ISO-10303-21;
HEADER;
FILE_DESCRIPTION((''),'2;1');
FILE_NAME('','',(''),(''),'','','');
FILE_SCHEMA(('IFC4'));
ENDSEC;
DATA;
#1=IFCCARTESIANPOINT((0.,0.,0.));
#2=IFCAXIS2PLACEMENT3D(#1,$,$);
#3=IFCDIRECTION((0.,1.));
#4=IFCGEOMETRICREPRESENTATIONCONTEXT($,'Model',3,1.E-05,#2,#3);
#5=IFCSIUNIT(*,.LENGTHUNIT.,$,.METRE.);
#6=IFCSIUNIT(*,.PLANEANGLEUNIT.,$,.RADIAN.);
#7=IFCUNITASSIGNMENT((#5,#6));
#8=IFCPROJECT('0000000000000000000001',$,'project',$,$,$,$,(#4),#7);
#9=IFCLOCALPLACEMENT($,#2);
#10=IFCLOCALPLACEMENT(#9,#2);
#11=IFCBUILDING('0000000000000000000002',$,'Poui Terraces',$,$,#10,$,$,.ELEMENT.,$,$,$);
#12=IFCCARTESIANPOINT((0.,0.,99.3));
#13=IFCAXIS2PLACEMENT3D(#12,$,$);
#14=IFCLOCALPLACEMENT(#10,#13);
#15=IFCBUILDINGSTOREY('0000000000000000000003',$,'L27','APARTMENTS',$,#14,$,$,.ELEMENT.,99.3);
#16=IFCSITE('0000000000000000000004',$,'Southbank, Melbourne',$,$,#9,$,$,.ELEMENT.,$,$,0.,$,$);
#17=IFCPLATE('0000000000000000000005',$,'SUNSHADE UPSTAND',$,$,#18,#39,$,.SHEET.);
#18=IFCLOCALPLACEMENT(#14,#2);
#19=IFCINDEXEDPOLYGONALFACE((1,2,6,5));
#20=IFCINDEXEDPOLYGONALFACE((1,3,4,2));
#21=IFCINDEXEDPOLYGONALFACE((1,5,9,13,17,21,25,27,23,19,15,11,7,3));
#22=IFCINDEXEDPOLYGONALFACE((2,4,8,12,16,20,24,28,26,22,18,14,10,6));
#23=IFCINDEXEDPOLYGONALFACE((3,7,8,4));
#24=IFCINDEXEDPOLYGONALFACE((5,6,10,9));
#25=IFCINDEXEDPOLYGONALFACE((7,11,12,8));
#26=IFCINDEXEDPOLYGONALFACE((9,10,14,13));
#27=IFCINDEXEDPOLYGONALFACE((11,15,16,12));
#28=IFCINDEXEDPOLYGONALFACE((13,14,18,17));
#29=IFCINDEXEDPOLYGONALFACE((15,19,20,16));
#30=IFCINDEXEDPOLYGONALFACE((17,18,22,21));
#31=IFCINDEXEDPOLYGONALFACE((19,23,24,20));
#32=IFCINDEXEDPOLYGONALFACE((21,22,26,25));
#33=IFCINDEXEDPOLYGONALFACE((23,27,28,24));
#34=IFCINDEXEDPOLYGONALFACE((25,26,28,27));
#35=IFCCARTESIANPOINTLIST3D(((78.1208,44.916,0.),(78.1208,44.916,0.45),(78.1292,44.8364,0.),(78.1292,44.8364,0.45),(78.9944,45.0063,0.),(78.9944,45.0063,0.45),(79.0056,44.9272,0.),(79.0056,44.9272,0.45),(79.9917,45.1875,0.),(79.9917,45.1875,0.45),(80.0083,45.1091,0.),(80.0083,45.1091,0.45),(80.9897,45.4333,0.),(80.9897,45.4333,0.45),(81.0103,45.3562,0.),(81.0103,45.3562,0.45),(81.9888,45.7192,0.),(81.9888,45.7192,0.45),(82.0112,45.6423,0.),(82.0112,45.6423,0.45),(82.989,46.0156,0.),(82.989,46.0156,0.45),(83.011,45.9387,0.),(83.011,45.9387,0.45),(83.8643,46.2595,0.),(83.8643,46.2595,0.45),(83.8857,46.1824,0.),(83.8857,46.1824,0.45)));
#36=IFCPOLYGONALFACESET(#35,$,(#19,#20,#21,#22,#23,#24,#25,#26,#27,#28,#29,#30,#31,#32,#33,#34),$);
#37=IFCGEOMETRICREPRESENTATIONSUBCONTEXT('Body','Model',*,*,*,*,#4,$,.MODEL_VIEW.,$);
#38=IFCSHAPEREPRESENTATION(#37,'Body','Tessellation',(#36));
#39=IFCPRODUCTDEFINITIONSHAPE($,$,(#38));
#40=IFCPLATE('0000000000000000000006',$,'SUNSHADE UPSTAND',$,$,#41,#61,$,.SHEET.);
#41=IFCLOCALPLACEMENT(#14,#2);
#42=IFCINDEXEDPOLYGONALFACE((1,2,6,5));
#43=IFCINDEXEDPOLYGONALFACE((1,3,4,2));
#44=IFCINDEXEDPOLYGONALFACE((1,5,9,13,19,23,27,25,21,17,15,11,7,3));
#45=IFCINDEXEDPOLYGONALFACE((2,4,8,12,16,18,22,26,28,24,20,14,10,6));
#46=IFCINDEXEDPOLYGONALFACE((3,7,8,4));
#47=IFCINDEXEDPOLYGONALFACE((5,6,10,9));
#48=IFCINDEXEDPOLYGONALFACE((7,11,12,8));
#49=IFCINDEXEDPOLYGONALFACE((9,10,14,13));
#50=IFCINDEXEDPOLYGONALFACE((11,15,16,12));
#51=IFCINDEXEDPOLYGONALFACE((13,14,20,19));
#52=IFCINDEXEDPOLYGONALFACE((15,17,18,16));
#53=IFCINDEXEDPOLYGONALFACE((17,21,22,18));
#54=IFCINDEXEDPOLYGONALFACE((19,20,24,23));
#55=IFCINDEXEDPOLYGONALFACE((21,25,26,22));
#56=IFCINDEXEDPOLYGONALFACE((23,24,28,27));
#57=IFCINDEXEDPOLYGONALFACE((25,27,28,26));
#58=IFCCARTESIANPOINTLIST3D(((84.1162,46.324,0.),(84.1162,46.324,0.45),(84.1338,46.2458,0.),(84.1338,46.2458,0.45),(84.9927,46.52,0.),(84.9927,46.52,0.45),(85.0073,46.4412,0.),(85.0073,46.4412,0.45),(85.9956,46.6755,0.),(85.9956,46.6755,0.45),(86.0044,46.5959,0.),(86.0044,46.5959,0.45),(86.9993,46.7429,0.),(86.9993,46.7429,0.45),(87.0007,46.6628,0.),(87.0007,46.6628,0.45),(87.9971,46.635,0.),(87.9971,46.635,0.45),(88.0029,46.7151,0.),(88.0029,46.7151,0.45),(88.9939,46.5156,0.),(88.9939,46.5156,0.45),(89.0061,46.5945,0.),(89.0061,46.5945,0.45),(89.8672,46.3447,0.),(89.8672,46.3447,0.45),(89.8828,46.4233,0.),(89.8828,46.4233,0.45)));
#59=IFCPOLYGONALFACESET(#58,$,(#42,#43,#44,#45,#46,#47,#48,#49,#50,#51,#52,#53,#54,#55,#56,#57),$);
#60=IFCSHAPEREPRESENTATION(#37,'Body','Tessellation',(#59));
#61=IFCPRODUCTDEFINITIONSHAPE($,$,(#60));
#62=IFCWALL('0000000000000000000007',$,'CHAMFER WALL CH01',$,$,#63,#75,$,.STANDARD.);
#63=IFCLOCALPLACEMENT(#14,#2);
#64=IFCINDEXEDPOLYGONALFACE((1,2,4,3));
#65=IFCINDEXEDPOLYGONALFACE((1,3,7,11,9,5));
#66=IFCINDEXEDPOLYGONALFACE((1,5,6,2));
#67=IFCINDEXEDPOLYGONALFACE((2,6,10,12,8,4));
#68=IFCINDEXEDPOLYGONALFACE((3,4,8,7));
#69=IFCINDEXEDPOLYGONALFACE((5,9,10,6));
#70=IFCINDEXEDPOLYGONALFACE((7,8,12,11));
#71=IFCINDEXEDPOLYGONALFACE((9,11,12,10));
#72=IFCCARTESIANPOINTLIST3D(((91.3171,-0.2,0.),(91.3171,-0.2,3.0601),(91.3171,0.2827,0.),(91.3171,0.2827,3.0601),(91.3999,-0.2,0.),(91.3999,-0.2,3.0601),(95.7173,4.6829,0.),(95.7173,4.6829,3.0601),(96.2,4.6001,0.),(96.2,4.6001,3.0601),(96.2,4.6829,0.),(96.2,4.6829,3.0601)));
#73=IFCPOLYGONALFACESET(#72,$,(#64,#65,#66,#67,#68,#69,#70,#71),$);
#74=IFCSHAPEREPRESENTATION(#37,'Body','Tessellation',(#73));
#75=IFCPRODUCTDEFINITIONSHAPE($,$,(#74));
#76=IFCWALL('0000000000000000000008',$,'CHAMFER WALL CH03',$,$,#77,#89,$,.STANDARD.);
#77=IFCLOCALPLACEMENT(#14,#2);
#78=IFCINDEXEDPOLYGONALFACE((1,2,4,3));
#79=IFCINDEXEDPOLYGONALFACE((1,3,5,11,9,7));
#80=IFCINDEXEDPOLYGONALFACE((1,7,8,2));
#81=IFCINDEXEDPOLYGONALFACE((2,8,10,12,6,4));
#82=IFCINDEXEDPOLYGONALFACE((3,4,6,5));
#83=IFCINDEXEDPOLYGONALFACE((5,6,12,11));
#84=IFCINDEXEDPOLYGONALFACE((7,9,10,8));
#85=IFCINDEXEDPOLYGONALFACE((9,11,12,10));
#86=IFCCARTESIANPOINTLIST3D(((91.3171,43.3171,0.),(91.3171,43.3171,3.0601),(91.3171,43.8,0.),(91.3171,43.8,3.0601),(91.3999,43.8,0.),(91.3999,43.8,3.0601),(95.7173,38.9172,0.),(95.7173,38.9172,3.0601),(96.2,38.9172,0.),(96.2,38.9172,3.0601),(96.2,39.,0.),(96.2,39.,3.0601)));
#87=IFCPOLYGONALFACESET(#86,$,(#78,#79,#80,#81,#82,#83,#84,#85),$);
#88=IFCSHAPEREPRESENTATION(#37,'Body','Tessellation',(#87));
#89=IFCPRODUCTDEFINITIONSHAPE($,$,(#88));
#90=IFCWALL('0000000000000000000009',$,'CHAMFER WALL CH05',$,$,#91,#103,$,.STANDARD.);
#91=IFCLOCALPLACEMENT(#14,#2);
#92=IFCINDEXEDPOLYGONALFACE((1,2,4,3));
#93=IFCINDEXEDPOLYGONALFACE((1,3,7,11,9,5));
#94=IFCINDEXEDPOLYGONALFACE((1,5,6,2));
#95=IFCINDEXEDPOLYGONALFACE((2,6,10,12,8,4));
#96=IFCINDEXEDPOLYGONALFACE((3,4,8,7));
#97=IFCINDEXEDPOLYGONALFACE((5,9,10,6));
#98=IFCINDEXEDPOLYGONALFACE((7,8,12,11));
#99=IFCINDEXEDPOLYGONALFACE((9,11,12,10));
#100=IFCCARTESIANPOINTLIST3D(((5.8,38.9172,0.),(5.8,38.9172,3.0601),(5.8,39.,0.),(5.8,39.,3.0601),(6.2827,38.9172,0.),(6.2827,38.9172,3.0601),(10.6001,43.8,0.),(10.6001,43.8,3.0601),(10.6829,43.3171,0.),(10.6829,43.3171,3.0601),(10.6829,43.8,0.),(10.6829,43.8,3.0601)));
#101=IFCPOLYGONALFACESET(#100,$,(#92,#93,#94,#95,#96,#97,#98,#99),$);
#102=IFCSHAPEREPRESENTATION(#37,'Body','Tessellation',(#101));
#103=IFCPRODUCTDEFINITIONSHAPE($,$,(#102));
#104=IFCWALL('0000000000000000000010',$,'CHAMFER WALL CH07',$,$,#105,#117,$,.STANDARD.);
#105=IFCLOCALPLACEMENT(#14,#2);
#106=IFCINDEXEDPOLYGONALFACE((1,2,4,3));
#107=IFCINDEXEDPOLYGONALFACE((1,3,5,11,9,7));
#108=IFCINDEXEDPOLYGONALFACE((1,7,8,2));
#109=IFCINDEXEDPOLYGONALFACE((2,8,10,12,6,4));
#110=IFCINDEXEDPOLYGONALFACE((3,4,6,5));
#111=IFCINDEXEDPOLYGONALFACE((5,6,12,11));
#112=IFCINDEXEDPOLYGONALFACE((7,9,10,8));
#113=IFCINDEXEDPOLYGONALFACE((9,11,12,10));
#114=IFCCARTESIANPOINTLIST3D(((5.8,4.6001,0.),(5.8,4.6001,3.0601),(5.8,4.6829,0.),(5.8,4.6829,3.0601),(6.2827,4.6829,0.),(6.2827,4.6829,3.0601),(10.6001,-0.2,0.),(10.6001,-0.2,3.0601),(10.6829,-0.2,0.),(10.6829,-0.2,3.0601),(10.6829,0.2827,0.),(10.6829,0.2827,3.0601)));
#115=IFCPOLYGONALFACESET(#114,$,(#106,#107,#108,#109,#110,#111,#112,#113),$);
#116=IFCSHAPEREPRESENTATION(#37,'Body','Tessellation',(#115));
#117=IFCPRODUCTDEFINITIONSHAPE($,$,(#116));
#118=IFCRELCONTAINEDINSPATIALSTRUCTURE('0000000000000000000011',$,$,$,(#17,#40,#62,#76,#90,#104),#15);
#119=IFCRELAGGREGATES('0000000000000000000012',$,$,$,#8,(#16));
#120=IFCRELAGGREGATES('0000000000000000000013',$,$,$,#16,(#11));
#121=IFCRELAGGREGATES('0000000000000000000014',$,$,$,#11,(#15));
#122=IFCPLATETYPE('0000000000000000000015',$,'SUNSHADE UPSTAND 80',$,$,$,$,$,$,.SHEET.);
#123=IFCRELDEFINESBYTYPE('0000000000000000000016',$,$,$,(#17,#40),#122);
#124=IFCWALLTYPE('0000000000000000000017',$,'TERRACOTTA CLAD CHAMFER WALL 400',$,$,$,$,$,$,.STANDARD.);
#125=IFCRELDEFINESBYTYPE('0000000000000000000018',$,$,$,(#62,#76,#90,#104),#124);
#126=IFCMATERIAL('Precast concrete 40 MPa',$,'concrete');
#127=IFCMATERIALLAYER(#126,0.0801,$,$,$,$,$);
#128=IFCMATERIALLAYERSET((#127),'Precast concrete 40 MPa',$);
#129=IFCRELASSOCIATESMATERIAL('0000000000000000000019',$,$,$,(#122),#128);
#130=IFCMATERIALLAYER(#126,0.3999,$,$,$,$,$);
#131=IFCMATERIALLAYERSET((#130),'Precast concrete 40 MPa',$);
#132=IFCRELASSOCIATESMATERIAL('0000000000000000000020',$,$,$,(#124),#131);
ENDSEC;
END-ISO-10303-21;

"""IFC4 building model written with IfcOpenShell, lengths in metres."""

from ifc_helpers import new_model, si_unit, direction, frame, origin, place, context, subcontext, project, spatial, polyline, outline, extrude, material, layer, layer_set, type_object, element, save


model = new_model("IFC4")

# Units and contexts
model_context = context("Model", 3, precision=1e-05, world=origin(), true_north=direction((0.0, 1.0)))
body_context = subcontext(model_context, "Body", "Model", "MODEL_VIEW")
ifc_project = project(units=[si_unit("LENGTHUNIT", "METRE"), si_unit("PLANEANGLEUNIT", "RADIAN")], contexts=[model_context])

# Site, building, storey
site_placement = place(None, origin())
site = spatial("IfcSite", under=ifc_project, at=site_placement, Name="Southbank, Melbourne", CompositionType="ELEMENT", RefElevation=0.0)
building_placement = place(site_placement, origin())
building = spatial("IfcBuilding", under=site, at=building_placement, Name="Poui Terraces", CompositionType="ELEMENT")
storey_placement = place(building_placement, frame((0.0, 0.0, 99.3)))
storey = spatial("IfcBuildingStorey", under=building, at=storey_placement, Name="L27", Description="APARTMENTS", CompositionType="ELEMENT", Elevation=99.3)

# Shared definitions
ifc_material_1 = material(Name="Precast concrete 40 MPa", Category="concrete")

# Plates
ifc_layer_1 = layer(ifc_material_1, 0.0801)
ifc_layer_set_1 = layer_set([ifc_layer_1], Name="Precast concrete 40 MPa")
plate_type = type_object("IfcPlateType", Name="SUNSHADE UPSTAND 80", PredefinedType="SHEET", material=ifc_layer_set_1)
plate_1_placement = place(storey_placement, origin())
element("IfcPlate", 1, at=plate_1_placement, inside=storey, type_object=plate_type, Name="SUNSHADE UPSTAND", PredefinedType="SHEET", context=body_context, shape_type="SweptSolid", body=[
    extrude(outline(polyline([(78.9944, 45.0063), (78.1208, 44.916), (78.1292, 44.8364), (79.0056, 44.9272), (80.0083, 45.1091), (81.0103, 45.3562), (82.0112, 45.6423), (83.011, 45.9387), (83.8857, 46.1824), (83.8643, 46.2595), (82.989, 46.0156), (81.9888, 45.7192), (80.9897, 45.4333), (79.9917, 45.1875), (78.9944, 45.0063)])), origin(), (0.0, 0.0, 1.0), 0.45),
])
plate_2_placement = place(storey_placement, origin())
element("IfcPlate", 2, at=plate_2_placement, inside=storey, type_object=plate_type, Name="SUNSHADE UPSTAND", PredefinedType="SHEET", context=body_context, shape_type="SweptSolid", body=[
    extrude(outline(polyline([(84.9927, 46.52), (84.1162, 46.324), (84.1338, 46.2458), (85.0073, 46.4412), (86.0044, 46.5959), (87.0007, 46.6628), (87.9971, 46.635), (88.9939, 46.5156), (89.8672, 46.3447), (89.8828, 46.4233), (89.0061, 46.5945), (88.0029, 46.7151), (86.9993, 46.7429), (85.9956, 46.6755), (84.9927, 46.52)])), origin(), (0.0, 0.0, 1.0), 0.45),
])

# Walls
ifc_layer_2 = layer(ifc_material_1, 0.3999)
ifc_layer_set_2 = layer_set([ifc_layer_2], Name="Precast concrete 40 MPa")
wall_type = type_object("IfcWallType", Name="TERRACOTTA CLAD CHAMFER WALL 400", PredefinedType="STANDARD", material=ifc_layer_set_2)
wall_1_placement = place(storey_placement, origin())
element("IfcWall", 3, at=wall_1_placement, inside=storey, type_object=wall_type, Name="CHAMFER WALL CH01", PredefinedType="STANDARD", context=body_context, shape_type="SweptSolid", body=[
    extrude(outline(polyline([(91.3171, -0.2), (91.3999, -0.2), (96.2, 4.6001), (96.2, 4.6829), (95.7173, 4.6829), (91.3171, 0.2827), (91.3171, -0.2)])), origin(), (0.0, 0.0, 1.0), 3.0601),
])
wall_2_placement = place(storey_placement, origin())
element("IfcWall", 4, at=wall_2_placement, inside=storey, type_object=wall_type, Name="CHAMFER WALL CH03", PredefinedType="STANDARD", context=body_context, shape_type="SweptSolid", body=[
    extrude(outline(polyline([(96.2, 38.9172), (96.2, 39.0), (91.3999, 43.8), (91.3171, 43.8), (91.3171, 43.3171), (95.7173, 38.9172), (96.2, 38.9172)])), origin(), (0.0, 0.0, 1.0), 3.0601),
])
wall_3_placement = place(storey_placement, origin())
element("IfcWall", 5, at=wall_3_placement, inside=storey, type_object=wall_type, Name="CHAMFER WALL CH05", PredefinedType="STANDARD", context=body_context, shape_type="SweptSolid", body=[
    extrude(outline(polyline([(10.6829, 43.8), (10.6001, 43.8), (5.8, 39.0), (5.8, 38.9172), (6.2827, 38.9172), (10.6829, 43.3171), (10.6829, 43.8)])), origin(), (0.0, 0.0, 1.0), 3.0601),
])
wall_4_placement = place(storey_placement, origin())
element("IfcWall", 6, at=wall_4_placement, inside=storey, type_object=wall_type, Name="CHAMFER WALL CH07", PredefinedType="STANDARD", context=body_context, shape_type="SweptSolid", body=[
    extrude(outline(polyline([(5.8, 4.6829), (5.8, 4.6001), (10.6001, -0.2), (10.6829, -0.2), (10.6829, 0.2827), (6.2827, 4.6829), (5.8, 4.6829)])), origin(), (0.0, 0.0, 1.0), 3.0601),
])

save(model, "model.ifc")
